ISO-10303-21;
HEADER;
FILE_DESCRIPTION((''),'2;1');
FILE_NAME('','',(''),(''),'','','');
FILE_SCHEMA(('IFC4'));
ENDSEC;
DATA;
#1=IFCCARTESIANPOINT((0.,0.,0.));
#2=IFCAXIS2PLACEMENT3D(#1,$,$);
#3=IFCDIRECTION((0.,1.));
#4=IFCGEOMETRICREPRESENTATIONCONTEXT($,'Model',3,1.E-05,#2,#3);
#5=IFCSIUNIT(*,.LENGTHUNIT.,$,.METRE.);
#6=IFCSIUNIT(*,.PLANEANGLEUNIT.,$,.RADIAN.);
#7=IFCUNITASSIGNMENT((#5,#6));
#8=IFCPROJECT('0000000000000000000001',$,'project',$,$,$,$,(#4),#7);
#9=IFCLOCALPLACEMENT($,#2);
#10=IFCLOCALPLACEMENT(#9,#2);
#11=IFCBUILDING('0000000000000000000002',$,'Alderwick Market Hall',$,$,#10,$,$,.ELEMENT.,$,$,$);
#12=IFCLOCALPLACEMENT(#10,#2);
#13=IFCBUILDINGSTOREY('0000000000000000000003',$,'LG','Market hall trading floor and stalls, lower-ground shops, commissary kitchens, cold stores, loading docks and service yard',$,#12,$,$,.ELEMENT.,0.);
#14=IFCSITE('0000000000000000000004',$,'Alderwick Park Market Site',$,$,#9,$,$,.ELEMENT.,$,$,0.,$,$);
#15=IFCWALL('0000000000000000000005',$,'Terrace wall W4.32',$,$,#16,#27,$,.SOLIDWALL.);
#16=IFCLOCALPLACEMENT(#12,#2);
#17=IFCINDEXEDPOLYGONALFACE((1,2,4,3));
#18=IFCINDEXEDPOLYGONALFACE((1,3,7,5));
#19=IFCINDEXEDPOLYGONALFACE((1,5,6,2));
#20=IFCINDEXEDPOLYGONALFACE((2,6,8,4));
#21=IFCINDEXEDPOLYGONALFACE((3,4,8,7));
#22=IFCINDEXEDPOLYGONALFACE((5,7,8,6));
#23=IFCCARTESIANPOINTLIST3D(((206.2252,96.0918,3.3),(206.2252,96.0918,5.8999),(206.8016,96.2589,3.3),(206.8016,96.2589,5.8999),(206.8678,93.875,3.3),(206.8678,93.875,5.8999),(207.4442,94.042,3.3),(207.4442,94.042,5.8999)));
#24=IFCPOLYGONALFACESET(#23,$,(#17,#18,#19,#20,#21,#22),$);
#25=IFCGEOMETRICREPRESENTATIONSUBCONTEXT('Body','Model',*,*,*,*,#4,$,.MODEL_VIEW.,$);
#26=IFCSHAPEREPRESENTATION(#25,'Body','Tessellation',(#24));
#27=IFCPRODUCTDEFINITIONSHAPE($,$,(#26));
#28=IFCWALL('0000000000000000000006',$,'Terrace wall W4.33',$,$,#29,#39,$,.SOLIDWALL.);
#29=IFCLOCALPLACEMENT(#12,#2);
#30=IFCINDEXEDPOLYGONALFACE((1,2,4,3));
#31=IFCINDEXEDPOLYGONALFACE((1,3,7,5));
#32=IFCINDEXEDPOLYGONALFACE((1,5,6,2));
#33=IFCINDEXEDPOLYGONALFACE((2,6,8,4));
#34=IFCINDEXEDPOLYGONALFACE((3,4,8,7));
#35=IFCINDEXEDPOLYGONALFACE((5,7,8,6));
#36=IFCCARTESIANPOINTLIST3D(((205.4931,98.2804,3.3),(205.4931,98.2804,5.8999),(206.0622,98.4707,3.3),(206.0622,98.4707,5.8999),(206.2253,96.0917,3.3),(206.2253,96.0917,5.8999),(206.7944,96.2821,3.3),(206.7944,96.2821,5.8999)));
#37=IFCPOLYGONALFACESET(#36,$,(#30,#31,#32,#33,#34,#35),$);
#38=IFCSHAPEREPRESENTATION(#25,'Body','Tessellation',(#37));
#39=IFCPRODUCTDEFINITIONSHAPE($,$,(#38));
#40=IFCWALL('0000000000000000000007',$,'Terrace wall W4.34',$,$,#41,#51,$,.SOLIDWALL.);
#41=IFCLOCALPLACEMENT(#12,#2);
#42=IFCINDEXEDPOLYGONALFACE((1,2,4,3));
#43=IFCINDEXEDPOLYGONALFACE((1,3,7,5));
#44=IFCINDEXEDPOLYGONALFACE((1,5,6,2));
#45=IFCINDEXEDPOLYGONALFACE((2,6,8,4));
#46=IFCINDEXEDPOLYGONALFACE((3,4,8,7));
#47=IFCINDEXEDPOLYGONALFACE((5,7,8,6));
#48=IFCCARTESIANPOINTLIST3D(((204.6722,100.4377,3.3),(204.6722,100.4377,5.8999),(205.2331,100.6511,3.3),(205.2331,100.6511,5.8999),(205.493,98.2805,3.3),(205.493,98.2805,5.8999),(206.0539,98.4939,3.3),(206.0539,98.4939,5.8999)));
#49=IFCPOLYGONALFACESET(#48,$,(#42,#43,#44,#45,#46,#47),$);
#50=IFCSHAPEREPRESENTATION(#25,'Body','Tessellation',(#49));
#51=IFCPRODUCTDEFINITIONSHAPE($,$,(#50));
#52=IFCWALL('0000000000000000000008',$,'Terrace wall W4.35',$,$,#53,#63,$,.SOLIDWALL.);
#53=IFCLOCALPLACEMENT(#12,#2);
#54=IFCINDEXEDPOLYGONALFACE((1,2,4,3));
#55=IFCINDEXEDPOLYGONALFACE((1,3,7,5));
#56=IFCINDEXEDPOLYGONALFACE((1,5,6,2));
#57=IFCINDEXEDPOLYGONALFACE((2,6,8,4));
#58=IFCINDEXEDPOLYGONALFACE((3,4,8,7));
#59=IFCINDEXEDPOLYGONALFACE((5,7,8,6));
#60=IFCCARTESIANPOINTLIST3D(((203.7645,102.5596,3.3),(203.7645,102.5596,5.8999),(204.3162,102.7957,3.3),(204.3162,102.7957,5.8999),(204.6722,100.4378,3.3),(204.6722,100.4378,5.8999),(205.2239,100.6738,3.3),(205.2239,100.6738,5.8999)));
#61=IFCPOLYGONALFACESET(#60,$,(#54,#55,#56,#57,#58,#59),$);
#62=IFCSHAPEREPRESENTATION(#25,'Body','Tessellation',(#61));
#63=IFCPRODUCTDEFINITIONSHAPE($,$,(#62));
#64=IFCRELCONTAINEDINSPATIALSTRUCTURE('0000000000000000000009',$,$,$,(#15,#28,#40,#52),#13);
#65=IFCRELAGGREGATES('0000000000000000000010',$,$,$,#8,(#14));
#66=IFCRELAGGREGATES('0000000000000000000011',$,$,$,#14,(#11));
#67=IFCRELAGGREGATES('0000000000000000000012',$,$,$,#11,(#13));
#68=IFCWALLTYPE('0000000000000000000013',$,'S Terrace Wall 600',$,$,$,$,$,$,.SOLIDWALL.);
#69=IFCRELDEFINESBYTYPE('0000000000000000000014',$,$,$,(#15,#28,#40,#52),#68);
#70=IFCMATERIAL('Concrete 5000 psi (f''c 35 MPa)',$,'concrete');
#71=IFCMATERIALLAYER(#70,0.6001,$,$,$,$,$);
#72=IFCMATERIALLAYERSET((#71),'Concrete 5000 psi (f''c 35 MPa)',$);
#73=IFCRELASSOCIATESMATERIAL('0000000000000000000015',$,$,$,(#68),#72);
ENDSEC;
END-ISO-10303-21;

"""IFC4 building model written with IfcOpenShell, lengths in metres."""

from ifc_helpers import new_model, si_unit, direction, frame, frame_2d, origin, place, context, subcontext, project, spatial, rectangle, extrude, material, layer, layer_set, type_object, element, save


model = new_model("IFC4")

# Units and contexts
model_context = context("Model", 3, precision=1e-05, world=origin(), true_north=direction((0.0, 1.0)))
body_context = subcontext(model_context, "Body", "Model", "MODEL_VIEW")
ifc_project = project(units=[si_unit("LENGTHUNIT", "METRE"), si_unit("PLANEANGLEUNIT", "RADIAN")], contexts=[model_context])

# Site, building, storey
site_placement = place(None, origin())
site = spatial("IfcSite", under=ifc_project, at=site_placement, Name="Alderwick Park Market Site", CompositionType="ELEMENT", RefElevation=0.0)
building_placement = place(site_placement, origin())
building = spatial("IfcBuilding", under=site, at=building_placement, Name="Alderwick Market Hall", CompositionType="ELEMENT")
storey_placement = place(building_placement, origin())
storey = spatial("IfcBuildingStorey", under=building, at=storey_placement, Name="LG", Description="Market hall trading floor and stalls, lower-ground shops, commissary kitchens, cold stores, loading docks and service yard", CompositionType="ELEMENT", Elevation=0.0)

# Walls
ifc_material_1 = material(Name="Concrete 5000 psi (f'c 35 MPa)", Category="concrete")
ifc_layer_1 = layer(ifc_material_1, 0.6001)
ifc_layer_set_1 = layer_set([ifc_layer_1], Name="Concrete 5000 psi (f'c 35 MPa)")
wall_type_1 = type_object("IfcWallType", Name="S Terrace Wall 600", PredefinedType="SOLIDWALL", material=ifc_layer_set_1)
wall_1_placement = place(storey_placement, frame((207.156, 93.9585, 3.3), z_axis=(0.0, 0.0, 1.0), x_axis=(-0.278407, 0.960463, 0.0)))
element("IfcWall", 1, at=wall_1_placement, inside=storey, type_object=wall_type_1, Name="Terrace wall W4.32", PredefinedType="SOLIDWALL", context=body_context, shape_type="SweptSolid", body=[
    extrude(rectangle(XDim=2.3081, YDim=0.6001, at=frame_2d((1.1541, 0.0))), origin(), (0.0, 0.0, 1.0), 2.5999),
])
wall_2_placement = place(storey_placement, frame((206.5098, 96.187, 3.3), z_axis=(0.0, 0.0, 1.0), x_axis=(-0.317243, 0.948344, 0.0)))
element("IfcWall", 2, at=wall_2_placement, inside=storey, type_object=wall_type_1, Name="Terrace wall W4.33", PredefinedType="SOLIDWALL", context=body_context, shape_type="SweptSolid", body=[
    extrude(rectangle(XDim=2.3079, YDim=0.6001, at=frame_2d((1.1538, 0.0))), origin(), (0.0, 0.0, 1.0), 2.5999),
])
wall_3_placement = place(storey_placement, frame((205.7734, 98.3872, 3.3), z_axis=(0.0, 0.0, 1.0), x_axis=(-0.355617, 0.934632, 0.0)))
element("IfcWall", 3, at=wall_3_placement, inside=storey, type_object=wall_type_1, Name="Terrace wall W4.34", PredefinedType="SOLIDWALL", context=body_context, shape_type="SweptSolid", body=[
    extrude(rectangle(XDim=2.3081, YDim=0.6001, at=frame_2d((1.1541, 0.0))), origin(), (0.0, 0.0, 1.0), 2.5999),
])
wall_4_placement = place(storey_placement, frame((204.948, 100.5559, 3.3), z_axis=(0.0, 0.0, 1.0), x_axis=(-0.393319, 0.919402, 0.0)))
element("IfcWall", 4, at=wall_4_placement, inside=storey, type_object=wall_type_1, Name="Terrace wall W4.35", PredefinedType="SOLIDWALL", context=body_context, shape_type="SweptSolid", body=[
    extrude(rectangle(XDim=2.3079, YDim=0.6001, at=frame_2d((1.1538, 0.0))), origin(), (0.0, 0.0, 1.0), 2.5999),
])

save(model, "model.ifc")
